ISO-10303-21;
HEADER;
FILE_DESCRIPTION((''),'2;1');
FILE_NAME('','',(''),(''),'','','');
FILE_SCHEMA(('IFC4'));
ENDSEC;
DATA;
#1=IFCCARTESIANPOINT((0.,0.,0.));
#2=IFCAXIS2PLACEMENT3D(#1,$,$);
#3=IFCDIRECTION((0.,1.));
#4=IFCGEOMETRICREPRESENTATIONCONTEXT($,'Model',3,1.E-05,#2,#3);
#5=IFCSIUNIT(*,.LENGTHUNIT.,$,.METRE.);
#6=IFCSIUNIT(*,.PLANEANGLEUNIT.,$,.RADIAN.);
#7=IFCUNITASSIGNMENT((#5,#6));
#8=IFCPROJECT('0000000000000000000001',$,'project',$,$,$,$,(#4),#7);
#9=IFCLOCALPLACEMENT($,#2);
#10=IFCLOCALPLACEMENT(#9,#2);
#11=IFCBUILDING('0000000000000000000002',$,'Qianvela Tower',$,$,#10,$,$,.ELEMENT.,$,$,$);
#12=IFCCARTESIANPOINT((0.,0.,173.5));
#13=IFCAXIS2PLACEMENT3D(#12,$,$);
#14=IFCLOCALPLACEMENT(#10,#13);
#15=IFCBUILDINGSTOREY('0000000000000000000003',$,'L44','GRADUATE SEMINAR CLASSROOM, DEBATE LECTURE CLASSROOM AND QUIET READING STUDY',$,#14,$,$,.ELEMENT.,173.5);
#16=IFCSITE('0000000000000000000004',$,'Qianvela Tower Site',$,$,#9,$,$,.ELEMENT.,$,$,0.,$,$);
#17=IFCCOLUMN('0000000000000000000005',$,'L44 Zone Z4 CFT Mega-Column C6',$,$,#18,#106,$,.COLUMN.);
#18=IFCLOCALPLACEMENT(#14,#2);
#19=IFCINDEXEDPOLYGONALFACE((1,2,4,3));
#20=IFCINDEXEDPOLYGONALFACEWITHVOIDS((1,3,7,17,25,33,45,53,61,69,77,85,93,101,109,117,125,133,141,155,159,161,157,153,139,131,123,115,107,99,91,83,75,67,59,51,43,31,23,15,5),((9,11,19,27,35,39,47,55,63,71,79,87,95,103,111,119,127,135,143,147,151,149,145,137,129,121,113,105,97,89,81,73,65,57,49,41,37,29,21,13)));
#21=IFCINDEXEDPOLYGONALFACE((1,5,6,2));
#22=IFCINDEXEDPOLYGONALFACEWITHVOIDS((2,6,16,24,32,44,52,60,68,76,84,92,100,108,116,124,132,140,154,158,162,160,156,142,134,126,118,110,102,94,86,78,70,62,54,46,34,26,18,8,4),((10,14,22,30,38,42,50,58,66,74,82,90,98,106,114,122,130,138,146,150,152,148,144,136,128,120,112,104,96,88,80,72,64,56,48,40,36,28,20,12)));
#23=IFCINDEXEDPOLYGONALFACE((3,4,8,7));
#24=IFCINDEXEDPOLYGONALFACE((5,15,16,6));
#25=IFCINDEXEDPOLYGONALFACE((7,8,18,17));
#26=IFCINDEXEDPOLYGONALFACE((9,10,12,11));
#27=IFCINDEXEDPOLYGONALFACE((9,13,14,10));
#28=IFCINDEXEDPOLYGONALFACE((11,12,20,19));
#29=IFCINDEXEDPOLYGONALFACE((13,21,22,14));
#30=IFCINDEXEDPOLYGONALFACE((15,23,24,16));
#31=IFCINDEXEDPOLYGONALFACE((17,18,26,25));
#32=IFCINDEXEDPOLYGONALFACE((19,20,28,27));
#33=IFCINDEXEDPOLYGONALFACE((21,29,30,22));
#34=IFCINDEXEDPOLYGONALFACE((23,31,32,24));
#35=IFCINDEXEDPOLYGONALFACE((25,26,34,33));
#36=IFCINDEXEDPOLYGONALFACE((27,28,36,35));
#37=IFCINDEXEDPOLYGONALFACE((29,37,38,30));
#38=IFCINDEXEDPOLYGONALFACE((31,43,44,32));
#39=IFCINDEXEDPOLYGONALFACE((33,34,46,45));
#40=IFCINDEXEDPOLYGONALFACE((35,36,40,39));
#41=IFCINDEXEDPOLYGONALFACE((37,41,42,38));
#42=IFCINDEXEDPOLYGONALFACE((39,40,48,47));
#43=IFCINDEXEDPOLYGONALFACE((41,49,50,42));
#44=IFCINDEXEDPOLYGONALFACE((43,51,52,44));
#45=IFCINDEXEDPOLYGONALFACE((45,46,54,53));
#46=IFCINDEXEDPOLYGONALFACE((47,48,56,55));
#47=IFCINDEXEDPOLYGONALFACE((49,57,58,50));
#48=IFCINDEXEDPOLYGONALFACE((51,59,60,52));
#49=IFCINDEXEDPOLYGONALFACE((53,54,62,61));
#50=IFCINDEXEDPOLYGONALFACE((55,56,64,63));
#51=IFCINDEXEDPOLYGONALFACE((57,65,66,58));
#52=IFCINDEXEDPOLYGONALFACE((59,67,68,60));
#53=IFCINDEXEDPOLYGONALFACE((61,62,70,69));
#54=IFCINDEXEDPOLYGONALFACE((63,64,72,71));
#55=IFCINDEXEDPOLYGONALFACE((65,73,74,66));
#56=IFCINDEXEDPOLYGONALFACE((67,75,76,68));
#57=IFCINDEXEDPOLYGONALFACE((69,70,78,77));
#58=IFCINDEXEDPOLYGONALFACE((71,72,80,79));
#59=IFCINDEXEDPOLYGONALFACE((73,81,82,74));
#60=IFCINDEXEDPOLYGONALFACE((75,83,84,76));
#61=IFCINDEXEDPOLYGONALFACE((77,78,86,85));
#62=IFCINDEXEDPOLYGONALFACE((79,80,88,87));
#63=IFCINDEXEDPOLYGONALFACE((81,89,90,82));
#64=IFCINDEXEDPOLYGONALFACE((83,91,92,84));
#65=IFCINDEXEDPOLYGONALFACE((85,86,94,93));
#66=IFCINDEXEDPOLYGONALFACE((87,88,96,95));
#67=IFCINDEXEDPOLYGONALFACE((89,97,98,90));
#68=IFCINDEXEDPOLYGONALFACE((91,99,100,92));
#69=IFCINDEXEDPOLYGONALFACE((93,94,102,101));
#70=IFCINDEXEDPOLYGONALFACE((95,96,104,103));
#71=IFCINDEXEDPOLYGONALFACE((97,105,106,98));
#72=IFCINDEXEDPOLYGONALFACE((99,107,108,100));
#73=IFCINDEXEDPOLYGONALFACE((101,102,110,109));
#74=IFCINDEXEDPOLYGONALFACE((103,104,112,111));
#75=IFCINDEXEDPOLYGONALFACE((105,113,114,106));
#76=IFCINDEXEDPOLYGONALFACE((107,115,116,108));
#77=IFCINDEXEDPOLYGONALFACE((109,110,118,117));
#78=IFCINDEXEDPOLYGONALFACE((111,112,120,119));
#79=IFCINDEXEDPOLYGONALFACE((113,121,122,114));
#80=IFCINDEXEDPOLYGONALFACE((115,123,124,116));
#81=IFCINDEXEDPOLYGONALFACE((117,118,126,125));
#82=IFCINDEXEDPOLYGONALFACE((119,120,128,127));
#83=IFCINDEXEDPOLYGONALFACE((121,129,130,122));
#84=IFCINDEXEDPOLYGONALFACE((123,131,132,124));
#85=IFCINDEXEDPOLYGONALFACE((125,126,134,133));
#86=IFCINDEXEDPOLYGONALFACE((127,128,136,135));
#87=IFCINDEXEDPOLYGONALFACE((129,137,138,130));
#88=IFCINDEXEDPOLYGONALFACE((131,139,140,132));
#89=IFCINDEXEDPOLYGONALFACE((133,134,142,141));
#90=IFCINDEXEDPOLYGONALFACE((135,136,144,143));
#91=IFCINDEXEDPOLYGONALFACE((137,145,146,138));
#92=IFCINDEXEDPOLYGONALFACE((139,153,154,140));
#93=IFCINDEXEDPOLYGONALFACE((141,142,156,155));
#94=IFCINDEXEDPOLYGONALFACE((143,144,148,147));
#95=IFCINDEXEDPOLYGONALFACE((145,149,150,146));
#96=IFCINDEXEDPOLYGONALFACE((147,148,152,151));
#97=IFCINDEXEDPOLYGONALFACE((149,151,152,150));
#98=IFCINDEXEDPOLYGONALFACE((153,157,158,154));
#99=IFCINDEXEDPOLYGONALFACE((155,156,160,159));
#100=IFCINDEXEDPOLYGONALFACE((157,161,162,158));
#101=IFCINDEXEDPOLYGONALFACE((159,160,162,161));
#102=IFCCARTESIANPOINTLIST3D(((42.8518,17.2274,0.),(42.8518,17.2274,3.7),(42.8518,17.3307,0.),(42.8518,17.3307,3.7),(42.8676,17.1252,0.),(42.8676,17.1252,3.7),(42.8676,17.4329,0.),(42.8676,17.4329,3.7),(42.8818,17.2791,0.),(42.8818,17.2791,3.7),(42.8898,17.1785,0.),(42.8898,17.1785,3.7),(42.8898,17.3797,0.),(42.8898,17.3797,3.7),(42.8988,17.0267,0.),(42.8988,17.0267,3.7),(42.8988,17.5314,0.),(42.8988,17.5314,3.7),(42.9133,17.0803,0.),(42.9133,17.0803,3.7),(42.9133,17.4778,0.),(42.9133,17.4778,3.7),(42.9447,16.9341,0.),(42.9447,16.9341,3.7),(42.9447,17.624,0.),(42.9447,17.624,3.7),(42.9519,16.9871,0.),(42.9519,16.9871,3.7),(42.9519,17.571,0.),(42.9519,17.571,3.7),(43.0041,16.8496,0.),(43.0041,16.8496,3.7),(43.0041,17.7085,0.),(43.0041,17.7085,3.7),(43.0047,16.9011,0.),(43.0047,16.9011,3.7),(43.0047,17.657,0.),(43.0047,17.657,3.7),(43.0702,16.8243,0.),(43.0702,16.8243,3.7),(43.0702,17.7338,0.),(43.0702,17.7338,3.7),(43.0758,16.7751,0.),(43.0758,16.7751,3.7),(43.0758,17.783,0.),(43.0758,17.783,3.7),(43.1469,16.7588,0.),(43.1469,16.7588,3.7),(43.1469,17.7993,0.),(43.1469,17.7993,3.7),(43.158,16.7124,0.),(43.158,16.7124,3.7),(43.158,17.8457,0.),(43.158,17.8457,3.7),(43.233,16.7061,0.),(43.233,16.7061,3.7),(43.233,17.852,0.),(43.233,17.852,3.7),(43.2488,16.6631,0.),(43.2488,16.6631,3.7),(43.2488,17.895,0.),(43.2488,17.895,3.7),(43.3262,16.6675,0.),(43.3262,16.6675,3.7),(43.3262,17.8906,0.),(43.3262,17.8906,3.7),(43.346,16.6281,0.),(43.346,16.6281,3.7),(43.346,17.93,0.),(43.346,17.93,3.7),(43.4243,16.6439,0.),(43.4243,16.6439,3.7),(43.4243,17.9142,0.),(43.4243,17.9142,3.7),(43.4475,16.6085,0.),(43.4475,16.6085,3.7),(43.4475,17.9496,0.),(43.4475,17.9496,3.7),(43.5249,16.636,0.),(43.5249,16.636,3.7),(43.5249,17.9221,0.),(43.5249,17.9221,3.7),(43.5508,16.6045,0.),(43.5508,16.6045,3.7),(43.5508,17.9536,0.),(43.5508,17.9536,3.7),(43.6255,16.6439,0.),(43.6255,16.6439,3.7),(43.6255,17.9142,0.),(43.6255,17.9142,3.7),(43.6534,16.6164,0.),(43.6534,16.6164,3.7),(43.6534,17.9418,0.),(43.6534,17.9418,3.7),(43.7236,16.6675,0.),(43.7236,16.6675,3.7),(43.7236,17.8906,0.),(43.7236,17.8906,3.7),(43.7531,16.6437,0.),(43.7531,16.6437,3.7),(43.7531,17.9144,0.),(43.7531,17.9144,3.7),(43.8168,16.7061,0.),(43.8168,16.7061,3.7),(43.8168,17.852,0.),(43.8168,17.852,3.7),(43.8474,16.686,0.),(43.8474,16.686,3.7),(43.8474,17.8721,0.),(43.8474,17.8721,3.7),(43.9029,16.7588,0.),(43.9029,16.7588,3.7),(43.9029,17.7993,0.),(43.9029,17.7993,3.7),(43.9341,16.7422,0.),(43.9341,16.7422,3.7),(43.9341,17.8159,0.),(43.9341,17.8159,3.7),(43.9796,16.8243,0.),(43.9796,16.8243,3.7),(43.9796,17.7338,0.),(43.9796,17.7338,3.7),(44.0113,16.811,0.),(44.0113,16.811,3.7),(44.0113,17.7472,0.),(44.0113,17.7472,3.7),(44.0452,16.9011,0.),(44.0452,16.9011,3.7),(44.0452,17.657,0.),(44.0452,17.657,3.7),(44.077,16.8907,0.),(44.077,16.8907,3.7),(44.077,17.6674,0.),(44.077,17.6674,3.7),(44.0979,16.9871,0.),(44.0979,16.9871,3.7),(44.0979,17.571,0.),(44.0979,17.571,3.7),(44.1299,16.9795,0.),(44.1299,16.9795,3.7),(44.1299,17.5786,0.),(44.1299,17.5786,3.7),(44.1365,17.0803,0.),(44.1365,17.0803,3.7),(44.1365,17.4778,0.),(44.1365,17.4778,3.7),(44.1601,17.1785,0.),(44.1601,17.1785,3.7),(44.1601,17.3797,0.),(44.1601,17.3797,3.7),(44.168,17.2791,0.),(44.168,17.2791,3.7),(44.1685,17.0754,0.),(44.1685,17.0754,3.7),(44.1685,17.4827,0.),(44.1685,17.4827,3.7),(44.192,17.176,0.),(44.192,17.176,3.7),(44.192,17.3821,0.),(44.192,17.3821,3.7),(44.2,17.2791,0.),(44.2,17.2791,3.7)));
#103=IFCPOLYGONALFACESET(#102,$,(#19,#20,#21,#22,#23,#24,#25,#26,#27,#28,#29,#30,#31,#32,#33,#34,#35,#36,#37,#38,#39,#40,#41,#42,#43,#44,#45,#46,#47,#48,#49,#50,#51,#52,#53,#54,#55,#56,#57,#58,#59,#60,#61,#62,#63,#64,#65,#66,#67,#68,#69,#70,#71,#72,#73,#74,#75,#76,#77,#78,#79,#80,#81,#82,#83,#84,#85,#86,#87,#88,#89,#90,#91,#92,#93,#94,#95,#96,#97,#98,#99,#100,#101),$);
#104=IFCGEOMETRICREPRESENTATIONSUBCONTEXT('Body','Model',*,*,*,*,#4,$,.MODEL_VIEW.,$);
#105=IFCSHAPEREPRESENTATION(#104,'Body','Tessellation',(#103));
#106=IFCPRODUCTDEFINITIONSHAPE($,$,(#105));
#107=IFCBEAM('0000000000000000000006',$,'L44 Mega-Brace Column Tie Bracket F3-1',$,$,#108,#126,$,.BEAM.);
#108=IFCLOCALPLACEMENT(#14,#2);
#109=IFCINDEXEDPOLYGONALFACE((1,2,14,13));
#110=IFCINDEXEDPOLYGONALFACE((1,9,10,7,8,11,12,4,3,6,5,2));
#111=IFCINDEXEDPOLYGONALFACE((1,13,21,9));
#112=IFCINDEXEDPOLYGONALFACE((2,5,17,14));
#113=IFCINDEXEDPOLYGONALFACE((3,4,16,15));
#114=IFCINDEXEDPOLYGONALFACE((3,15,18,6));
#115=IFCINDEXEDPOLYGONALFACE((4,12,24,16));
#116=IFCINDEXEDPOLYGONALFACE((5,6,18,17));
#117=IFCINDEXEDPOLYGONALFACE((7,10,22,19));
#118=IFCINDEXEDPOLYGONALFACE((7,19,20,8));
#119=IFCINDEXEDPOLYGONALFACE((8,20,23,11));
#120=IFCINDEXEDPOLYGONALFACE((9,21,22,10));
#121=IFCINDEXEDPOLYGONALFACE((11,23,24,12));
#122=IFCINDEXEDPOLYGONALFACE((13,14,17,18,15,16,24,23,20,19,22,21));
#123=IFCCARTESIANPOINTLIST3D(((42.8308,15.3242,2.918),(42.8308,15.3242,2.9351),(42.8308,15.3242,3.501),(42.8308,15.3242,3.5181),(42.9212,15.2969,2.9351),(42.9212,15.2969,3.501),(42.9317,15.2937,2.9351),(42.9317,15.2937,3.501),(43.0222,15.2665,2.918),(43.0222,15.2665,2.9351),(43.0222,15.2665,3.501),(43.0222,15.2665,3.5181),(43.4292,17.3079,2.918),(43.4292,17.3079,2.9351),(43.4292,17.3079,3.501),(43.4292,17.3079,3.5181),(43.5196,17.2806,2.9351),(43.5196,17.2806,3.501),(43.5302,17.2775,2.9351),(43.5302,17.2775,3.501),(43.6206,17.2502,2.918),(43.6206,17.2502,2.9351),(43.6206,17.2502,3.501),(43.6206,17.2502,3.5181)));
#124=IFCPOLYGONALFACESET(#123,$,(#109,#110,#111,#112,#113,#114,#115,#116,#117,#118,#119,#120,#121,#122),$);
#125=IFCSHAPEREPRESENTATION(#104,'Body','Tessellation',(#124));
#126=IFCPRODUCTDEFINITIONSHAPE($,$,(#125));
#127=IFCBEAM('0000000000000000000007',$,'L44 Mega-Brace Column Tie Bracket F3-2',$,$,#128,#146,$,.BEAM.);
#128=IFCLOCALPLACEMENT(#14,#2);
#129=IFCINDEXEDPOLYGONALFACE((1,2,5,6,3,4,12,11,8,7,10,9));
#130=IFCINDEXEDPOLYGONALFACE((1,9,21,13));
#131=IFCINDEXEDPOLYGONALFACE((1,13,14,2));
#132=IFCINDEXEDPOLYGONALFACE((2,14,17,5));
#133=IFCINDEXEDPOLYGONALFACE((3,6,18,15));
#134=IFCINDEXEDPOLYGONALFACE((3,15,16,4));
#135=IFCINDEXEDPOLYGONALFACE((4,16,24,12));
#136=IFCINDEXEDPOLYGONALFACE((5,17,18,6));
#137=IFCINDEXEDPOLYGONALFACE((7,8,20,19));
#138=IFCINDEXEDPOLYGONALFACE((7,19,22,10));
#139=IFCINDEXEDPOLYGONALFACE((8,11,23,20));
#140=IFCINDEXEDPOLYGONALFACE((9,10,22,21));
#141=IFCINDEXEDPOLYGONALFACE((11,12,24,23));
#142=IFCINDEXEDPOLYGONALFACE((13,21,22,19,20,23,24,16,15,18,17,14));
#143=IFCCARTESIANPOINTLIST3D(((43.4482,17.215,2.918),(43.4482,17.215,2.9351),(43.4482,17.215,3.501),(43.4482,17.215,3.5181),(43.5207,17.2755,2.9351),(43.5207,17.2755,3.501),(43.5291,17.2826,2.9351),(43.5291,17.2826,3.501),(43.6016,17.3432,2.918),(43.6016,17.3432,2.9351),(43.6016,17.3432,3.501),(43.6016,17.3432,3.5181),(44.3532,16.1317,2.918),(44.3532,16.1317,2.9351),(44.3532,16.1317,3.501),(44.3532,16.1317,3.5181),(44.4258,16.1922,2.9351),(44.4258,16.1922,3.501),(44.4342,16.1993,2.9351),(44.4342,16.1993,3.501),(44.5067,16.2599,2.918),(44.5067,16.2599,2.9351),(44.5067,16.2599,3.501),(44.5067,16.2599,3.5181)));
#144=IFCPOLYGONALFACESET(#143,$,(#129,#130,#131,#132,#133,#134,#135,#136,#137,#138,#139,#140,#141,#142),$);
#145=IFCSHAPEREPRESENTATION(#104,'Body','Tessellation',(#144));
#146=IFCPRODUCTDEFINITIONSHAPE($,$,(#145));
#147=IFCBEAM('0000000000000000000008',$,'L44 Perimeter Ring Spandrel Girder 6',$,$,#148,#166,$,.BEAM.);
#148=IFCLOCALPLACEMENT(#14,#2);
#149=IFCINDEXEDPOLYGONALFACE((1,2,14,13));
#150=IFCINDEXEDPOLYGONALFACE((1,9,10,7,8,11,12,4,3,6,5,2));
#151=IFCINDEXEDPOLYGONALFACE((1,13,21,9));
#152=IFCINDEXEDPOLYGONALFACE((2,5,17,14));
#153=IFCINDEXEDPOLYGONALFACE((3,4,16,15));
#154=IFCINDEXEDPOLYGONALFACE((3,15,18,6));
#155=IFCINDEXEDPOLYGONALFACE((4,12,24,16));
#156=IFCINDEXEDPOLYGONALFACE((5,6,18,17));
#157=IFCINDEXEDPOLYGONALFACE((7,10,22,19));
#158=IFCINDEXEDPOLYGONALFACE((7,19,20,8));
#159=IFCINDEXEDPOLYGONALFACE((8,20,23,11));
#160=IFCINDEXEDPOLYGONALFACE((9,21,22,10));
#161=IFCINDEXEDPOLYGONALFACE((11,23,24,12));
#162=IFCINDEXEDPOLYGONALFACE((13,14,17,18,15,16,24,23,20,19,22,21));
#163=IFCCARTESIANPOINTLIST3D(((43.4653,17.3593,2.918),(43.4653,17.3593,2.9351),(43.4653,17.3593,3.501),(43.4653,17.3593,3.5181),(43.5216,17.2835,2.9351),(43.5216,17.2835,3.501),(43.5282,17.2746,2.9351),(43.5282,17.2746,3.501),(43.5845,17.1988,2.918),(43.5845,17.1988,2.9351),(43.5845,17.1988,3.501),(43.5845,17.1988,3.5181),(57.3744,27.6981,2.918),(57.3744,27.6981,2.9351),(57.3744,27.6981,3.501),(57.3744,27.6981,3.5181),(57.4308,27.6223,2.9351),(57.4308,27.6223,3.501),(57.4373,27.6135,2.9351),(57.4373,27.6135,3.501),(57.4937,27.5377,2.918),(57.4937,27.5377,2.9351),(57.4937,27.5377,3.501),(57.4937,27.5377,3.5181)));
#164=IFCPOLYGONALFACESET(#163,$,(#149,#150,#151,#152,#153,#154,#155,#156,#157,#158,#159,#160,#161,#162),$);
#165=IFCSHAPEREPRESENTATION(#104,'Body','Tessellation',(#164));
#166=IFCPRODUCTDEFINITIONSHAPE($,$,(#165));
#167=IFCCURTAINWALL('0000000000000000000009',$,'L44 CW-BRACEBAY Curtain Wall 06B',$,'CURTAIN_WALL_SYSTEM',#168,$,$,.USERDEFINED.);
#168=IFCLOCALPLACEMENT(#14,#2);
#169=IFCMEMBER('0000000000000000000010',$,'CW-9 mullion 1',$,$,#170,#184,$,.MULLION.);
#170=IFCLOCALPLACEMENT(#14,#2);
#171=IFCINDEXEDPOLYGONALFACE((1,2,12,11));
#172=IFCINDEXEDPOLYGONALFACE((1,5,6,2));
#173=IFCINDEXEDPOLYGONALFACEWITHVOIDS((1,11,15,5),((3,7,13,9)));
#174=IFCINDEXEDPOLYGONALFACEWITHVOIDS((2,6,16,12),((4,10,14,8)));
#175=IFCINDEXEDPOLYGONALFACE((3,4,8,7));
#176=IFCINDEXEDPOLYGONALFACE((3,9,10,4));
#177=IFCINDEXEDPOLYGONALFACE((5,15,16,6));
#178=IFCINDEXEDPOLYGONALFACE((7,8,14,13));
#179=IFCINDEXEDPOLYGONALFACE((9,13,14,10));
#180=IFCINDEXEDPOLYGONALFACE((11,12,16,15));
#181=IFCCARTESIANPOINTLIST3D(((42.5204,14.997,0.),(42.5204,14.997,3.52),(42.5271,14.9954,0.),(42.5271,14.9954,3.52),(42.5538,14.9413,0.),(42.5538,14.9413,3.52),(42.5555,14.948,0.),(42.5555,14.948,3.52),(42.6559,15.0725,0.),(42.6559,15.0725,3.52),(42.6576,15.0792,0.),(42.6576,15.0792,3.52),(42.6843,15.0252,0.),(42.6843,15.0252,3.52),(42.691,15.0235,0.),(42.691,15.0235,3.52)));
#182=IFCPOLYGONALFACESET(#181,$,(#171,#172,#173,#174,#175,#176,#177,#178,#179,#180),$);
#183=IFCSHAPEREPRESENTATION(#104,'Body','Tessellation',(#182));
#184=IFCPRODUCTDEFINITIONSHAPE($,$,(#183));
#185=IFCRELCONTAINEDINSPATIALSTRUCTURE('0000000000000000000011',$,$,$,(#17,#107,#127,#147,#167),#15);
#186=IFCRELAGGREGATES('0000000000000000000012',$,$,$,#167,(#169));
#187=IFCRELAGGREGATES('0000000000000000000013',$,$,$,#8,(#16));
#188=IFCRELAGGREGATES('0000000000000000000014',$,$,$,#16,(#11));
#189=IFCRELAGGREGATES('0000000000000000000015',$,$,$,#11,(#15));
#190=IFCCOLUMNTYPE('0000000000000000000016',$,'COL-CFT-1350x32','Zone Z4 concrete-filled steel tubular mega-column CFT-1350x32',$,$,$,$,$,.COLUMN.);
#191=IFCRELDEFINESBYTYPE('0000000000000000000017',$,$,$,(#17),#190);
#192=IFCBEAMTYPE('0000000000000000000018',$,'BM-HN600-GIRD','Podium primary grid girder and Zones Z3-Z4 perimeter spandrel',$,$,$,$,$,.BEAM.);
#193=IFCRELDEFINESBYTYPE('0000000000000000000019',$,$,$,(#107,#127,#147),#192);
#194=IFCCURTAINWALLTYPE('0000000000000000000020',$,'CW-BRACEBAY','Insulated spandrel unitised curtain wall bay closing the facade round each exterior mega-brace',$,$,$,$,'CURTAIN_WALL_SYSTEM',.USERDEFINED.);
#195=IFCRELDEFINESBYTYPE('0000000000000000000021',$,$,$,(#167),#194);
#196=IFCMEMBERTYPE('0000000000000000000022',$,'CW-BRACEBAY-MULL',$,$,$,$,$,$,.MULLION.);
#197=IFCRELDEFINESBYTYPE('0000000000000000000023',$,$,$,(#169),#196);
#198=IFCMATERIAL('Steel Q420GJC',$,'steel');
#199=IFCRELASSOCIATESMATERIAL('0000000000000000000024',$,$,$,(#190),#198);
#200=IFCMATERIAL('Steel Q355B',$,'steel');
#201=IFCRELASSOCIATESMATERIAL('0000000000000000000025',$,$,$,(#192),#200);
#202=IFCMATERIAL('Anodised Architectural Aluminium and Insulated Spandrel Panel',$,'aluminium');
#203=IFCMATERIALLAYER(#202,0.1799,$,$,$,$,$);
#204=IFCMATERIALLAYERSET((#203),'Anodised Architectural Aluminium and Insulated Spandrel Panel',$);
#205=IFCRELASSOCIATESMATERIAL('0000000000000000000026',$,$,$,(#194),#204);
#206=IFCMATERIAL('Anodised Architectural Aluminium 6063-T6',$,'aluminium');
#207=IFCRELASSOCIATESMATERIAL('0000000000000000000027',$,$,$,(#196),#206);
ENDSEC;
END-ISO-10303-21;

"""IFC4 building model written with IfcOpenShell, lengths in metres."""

from ifc_helpers import new_model, si_unit, direction, frame, origin, origin_2d, place, context, subcontext, project, spatial, hollow_rectangle, hollow_circle, i_section, extrude, material, layer, layer_set, material_profile, profile_set, type_object, element, aggregate, save


model = new_model("IFC4")

# Units and contexts
model_context = context("Model", 3, precision=1e-05, world=origin(), true_north=direction((0.0, 1.0)))
body_context = subcontext(model_context, "Body", "Model", "MODEL_VIEW")
ifc_project = project(units=[si_unit("LENGTHUNIT", "METRE"), si_unit("PLANEANGLEUNIT", "RADIAN")], contexts=[model_context])

# Site, building, storey
site_placement = place(None, origin())
site = spatial("IfcSite", under=ifc_project, at=site_placement, Name="Qianvela Tower Site", CompositionType="ELEMENT", RefElevation=0.0)
building_placement = place(site_placement, origin())
building = spatial("IfcBuilding", under=site, at=building_placement, Name="Qianvela Tower", CompositionType="ELEMENT")
storey_placement = place(building_placement, frame((0.0, 0.0, 173.5)))
storey = spatial("IfcBuildingStorey", under=building, at=storey_placement, Name="L44", Description="GRADUATE SEMINAR CLASSROOM, DEBATE LECTURE CLASSROOM AND QUIET READING STUDY", CompositionType="ELEMENT", Elevation=173.5)

# Column
ifc_material_1 = material(Name="Steel Q420GJC", Category="steel")
ifc_material_profile_1 = material_profile(ifc_material_1, hollow_circle(Radius=0.675, WallThickness=0.032, at=origin_2d()), Name="CFT-1350x32")
ifc_profile_set_1 = profile_set([ifc_material_profile_1], Name="Steel Q420GJC")
column_type = type_object("IfcColumnType", Name="COL-CFT-1350x32", Description="Zone Z4 concrete-filled steel tubular mega-column CFT-1350x32", PredefinedType="COLUMN", material=ifc_profile_set_1)
column_placement = place(storey_placement, frame((43.5249, 17.2791, 0.0), z_axis=(0.0, 0.0, 1.0), x_axis=(1.0, 0.0, 0.0)))
element("IfcColumn", 1, at=column_placement, inside=storey, type_object=column_type, Name="L44 Zone Z4 CFT Mega-Column C6", PredefinedType="COLUMN", context=body_context, shape_type="SweptSolid", body=[
    extrude(hollow_circle(Radius=0.675, WallThickness=0.032, at=origin_2d()), origin(), (0.0, 0.0, 1.0), 3.7),
])

# Beams
ifc_material_2 = material(Name="Steel Q355B", Category="steel")
ifc_material_profile_2 = material_profile(ifc_material_2, i_section(OverallWidth=0.2, OverallDepth=0.6001, WebThickness=0.011, FlangeThickness=0.0171, at=origin_2d()), Name="HN600x200x11x17")
ifc_profile_set_2 = profile_set([ifc_material_profile_2], Name="Steel Q355B")
beam_type = type_object("IfcBeamType", Name="BM-HN600-GIRD", Description="Podium primary grid girder and Zones Z3-Z4 perimeter spandrel", PredefinedType="BEAM", material=ifc_profile_set_2)
beam_1_placement = place(storey_placement, frame((43.5249, 17.2791, 3.218), z_axis=(-0.288807, -0.957387, 0.0), x_axis=(0.957387, -0.288807, 0.0)))
element("IfcBeam", 2, at=beam_1_placement, inside=storey, type_object=beam_type, Name="L44 Mega-Brace Column Tie Bracket F3-1", PredefinedType="BEAM", context=body_context, shape_type="SweptSolid", body=[
    extrude(i_section(OverallWidth=0.2, OverallDepth=0.6001, WebThickness=0.011, FlangeThickness=0.0171, at=origin_2d()), origin(), (0.0, 0.0, 1.0), 2.072),
])
beam_2_placement = place(storey_placement, frame((43.5249, 17.2791, 3.218), z_axis=(0.641154, -0.767413, 0.0), x_axis=(0.767413, 0.641154, 0.0)))
element("IfcBeam", 3, at=beam_2_placement, inside=storey, type_object=beam_type, Name="L44 Mega-Brace Column Tie Bracket F3-2", PredefinedType="BEAM", context=body_context, shape_type="SweptSolid", body=[
    extrude(i_section(OverallWidth=0.2, OverallDepth=0.6001, WebThickness=0.011, FlangeThickness=0.0171, at=origin_2d()), origin(), (0.0, 0.0, 1.0), 1.4116),
])
beam_3_placement = place(storey_placement, frame((43.5249, 17.2791, 3.218), z_axis=(0.802569, 0.596559, 0.0), x_axis=(-0.596559, 0.802569, 0.0)))
element("IfcBeam", 4, at=beam_3_placement, inside=storey, type_object=beam_type, Name="L44 Perimeter Ring Spandrel Girder 6", PredefinedType="BEAM", context=body_context, shape_type="SweptSolid", body=[
    extrude(i_section(OverallWidth=0.2, OverallDepth=0.6001, WebThickness=0.011, FlangeThickness=0.0171, at=origin_2d()), origin(), (0.0, 0.0, 1.0), 17.3308),
])

# Curtain wall, member
ifc_material_3 = material(Name="Anodised Architectural Aluminium and Insulated Spandrel Panel", Category="aluminium")
ifc_layer_1 = layer(ifc_material_3, 0.1799)
ifc_layer_set_1 = layer_set([ifc_layer_1], Name="Anodised Architectural Aluminium and Insulated Spandrel Panel")
curtain_wall_type_1 = type_object("IfcCurtainWallType", Name="CW-BRACEBAY", Description="Insulated spandrel unitised curtain wall bay closing the facade round each exterior mega-brace", ElementType="CURTAIN_WALL_SYSTEM", PredefinedType="USERDEFINED", material=ifc_layer_set_1)
curtain_wall_1_placement = place(storey_placement, origin())
curtain_wall_1 = element("IfcCurtainWall", 5, at=curtain_wall_1_placement, inside=storey, type_object=curtain_wall_type_1, Name="L44 CW-BRACEBAY Curtain Wall 06B", ObjectType="CURTAIN_WALL_SYSTEM", PredefinedType="USERDEFINED")
ifc_material_4 = material(Name="Anodised Architectural Aluminium 6063-T6", Category="aluminium")
ifc_material_profile_3 = material_profile(ifc_material_4, hollow_rectangle(XDim=0.0649, YDim=0.1599, WallThickness=0.0049, at=origin_2d()), Name="ALU-MULL-65x160")
ifc_profile_set_3 = profile_set([ifc_material_profile_3], Name="Anodised Architectural Aluminium 6063-T6")
member_type_1 = type_object("IfcMemberType", Name="CW-BRACEBAY-MULL", PredefinedType="MULLION", material=ifc_profile_set_3)
member_1_placement = place(storey_placement, frame((42.6057, 15.0103, 0.0), z_axis=(0.0, 0.0, 1.0), x_axis=(-0.513728, 0.857953, 0.0)))
member_1 = element("IfcMember", 6, at=member_1_placement, type_object=member_type_1, Name="CW-9 mullion 1", PredefinedType="MULLION", context=body_context, shape_type="SweptSolid", body=[
    extrude(hollow_rectangle(XDim=0.0649, YDim=0.1599, WallThickness=0.0049, at=origin_2d()), origin(), (0.0, 0.0, 1.0), 3.52),
])
aggregate(curtain_wall_1, [member_1])

save(model, "model.ifc")
